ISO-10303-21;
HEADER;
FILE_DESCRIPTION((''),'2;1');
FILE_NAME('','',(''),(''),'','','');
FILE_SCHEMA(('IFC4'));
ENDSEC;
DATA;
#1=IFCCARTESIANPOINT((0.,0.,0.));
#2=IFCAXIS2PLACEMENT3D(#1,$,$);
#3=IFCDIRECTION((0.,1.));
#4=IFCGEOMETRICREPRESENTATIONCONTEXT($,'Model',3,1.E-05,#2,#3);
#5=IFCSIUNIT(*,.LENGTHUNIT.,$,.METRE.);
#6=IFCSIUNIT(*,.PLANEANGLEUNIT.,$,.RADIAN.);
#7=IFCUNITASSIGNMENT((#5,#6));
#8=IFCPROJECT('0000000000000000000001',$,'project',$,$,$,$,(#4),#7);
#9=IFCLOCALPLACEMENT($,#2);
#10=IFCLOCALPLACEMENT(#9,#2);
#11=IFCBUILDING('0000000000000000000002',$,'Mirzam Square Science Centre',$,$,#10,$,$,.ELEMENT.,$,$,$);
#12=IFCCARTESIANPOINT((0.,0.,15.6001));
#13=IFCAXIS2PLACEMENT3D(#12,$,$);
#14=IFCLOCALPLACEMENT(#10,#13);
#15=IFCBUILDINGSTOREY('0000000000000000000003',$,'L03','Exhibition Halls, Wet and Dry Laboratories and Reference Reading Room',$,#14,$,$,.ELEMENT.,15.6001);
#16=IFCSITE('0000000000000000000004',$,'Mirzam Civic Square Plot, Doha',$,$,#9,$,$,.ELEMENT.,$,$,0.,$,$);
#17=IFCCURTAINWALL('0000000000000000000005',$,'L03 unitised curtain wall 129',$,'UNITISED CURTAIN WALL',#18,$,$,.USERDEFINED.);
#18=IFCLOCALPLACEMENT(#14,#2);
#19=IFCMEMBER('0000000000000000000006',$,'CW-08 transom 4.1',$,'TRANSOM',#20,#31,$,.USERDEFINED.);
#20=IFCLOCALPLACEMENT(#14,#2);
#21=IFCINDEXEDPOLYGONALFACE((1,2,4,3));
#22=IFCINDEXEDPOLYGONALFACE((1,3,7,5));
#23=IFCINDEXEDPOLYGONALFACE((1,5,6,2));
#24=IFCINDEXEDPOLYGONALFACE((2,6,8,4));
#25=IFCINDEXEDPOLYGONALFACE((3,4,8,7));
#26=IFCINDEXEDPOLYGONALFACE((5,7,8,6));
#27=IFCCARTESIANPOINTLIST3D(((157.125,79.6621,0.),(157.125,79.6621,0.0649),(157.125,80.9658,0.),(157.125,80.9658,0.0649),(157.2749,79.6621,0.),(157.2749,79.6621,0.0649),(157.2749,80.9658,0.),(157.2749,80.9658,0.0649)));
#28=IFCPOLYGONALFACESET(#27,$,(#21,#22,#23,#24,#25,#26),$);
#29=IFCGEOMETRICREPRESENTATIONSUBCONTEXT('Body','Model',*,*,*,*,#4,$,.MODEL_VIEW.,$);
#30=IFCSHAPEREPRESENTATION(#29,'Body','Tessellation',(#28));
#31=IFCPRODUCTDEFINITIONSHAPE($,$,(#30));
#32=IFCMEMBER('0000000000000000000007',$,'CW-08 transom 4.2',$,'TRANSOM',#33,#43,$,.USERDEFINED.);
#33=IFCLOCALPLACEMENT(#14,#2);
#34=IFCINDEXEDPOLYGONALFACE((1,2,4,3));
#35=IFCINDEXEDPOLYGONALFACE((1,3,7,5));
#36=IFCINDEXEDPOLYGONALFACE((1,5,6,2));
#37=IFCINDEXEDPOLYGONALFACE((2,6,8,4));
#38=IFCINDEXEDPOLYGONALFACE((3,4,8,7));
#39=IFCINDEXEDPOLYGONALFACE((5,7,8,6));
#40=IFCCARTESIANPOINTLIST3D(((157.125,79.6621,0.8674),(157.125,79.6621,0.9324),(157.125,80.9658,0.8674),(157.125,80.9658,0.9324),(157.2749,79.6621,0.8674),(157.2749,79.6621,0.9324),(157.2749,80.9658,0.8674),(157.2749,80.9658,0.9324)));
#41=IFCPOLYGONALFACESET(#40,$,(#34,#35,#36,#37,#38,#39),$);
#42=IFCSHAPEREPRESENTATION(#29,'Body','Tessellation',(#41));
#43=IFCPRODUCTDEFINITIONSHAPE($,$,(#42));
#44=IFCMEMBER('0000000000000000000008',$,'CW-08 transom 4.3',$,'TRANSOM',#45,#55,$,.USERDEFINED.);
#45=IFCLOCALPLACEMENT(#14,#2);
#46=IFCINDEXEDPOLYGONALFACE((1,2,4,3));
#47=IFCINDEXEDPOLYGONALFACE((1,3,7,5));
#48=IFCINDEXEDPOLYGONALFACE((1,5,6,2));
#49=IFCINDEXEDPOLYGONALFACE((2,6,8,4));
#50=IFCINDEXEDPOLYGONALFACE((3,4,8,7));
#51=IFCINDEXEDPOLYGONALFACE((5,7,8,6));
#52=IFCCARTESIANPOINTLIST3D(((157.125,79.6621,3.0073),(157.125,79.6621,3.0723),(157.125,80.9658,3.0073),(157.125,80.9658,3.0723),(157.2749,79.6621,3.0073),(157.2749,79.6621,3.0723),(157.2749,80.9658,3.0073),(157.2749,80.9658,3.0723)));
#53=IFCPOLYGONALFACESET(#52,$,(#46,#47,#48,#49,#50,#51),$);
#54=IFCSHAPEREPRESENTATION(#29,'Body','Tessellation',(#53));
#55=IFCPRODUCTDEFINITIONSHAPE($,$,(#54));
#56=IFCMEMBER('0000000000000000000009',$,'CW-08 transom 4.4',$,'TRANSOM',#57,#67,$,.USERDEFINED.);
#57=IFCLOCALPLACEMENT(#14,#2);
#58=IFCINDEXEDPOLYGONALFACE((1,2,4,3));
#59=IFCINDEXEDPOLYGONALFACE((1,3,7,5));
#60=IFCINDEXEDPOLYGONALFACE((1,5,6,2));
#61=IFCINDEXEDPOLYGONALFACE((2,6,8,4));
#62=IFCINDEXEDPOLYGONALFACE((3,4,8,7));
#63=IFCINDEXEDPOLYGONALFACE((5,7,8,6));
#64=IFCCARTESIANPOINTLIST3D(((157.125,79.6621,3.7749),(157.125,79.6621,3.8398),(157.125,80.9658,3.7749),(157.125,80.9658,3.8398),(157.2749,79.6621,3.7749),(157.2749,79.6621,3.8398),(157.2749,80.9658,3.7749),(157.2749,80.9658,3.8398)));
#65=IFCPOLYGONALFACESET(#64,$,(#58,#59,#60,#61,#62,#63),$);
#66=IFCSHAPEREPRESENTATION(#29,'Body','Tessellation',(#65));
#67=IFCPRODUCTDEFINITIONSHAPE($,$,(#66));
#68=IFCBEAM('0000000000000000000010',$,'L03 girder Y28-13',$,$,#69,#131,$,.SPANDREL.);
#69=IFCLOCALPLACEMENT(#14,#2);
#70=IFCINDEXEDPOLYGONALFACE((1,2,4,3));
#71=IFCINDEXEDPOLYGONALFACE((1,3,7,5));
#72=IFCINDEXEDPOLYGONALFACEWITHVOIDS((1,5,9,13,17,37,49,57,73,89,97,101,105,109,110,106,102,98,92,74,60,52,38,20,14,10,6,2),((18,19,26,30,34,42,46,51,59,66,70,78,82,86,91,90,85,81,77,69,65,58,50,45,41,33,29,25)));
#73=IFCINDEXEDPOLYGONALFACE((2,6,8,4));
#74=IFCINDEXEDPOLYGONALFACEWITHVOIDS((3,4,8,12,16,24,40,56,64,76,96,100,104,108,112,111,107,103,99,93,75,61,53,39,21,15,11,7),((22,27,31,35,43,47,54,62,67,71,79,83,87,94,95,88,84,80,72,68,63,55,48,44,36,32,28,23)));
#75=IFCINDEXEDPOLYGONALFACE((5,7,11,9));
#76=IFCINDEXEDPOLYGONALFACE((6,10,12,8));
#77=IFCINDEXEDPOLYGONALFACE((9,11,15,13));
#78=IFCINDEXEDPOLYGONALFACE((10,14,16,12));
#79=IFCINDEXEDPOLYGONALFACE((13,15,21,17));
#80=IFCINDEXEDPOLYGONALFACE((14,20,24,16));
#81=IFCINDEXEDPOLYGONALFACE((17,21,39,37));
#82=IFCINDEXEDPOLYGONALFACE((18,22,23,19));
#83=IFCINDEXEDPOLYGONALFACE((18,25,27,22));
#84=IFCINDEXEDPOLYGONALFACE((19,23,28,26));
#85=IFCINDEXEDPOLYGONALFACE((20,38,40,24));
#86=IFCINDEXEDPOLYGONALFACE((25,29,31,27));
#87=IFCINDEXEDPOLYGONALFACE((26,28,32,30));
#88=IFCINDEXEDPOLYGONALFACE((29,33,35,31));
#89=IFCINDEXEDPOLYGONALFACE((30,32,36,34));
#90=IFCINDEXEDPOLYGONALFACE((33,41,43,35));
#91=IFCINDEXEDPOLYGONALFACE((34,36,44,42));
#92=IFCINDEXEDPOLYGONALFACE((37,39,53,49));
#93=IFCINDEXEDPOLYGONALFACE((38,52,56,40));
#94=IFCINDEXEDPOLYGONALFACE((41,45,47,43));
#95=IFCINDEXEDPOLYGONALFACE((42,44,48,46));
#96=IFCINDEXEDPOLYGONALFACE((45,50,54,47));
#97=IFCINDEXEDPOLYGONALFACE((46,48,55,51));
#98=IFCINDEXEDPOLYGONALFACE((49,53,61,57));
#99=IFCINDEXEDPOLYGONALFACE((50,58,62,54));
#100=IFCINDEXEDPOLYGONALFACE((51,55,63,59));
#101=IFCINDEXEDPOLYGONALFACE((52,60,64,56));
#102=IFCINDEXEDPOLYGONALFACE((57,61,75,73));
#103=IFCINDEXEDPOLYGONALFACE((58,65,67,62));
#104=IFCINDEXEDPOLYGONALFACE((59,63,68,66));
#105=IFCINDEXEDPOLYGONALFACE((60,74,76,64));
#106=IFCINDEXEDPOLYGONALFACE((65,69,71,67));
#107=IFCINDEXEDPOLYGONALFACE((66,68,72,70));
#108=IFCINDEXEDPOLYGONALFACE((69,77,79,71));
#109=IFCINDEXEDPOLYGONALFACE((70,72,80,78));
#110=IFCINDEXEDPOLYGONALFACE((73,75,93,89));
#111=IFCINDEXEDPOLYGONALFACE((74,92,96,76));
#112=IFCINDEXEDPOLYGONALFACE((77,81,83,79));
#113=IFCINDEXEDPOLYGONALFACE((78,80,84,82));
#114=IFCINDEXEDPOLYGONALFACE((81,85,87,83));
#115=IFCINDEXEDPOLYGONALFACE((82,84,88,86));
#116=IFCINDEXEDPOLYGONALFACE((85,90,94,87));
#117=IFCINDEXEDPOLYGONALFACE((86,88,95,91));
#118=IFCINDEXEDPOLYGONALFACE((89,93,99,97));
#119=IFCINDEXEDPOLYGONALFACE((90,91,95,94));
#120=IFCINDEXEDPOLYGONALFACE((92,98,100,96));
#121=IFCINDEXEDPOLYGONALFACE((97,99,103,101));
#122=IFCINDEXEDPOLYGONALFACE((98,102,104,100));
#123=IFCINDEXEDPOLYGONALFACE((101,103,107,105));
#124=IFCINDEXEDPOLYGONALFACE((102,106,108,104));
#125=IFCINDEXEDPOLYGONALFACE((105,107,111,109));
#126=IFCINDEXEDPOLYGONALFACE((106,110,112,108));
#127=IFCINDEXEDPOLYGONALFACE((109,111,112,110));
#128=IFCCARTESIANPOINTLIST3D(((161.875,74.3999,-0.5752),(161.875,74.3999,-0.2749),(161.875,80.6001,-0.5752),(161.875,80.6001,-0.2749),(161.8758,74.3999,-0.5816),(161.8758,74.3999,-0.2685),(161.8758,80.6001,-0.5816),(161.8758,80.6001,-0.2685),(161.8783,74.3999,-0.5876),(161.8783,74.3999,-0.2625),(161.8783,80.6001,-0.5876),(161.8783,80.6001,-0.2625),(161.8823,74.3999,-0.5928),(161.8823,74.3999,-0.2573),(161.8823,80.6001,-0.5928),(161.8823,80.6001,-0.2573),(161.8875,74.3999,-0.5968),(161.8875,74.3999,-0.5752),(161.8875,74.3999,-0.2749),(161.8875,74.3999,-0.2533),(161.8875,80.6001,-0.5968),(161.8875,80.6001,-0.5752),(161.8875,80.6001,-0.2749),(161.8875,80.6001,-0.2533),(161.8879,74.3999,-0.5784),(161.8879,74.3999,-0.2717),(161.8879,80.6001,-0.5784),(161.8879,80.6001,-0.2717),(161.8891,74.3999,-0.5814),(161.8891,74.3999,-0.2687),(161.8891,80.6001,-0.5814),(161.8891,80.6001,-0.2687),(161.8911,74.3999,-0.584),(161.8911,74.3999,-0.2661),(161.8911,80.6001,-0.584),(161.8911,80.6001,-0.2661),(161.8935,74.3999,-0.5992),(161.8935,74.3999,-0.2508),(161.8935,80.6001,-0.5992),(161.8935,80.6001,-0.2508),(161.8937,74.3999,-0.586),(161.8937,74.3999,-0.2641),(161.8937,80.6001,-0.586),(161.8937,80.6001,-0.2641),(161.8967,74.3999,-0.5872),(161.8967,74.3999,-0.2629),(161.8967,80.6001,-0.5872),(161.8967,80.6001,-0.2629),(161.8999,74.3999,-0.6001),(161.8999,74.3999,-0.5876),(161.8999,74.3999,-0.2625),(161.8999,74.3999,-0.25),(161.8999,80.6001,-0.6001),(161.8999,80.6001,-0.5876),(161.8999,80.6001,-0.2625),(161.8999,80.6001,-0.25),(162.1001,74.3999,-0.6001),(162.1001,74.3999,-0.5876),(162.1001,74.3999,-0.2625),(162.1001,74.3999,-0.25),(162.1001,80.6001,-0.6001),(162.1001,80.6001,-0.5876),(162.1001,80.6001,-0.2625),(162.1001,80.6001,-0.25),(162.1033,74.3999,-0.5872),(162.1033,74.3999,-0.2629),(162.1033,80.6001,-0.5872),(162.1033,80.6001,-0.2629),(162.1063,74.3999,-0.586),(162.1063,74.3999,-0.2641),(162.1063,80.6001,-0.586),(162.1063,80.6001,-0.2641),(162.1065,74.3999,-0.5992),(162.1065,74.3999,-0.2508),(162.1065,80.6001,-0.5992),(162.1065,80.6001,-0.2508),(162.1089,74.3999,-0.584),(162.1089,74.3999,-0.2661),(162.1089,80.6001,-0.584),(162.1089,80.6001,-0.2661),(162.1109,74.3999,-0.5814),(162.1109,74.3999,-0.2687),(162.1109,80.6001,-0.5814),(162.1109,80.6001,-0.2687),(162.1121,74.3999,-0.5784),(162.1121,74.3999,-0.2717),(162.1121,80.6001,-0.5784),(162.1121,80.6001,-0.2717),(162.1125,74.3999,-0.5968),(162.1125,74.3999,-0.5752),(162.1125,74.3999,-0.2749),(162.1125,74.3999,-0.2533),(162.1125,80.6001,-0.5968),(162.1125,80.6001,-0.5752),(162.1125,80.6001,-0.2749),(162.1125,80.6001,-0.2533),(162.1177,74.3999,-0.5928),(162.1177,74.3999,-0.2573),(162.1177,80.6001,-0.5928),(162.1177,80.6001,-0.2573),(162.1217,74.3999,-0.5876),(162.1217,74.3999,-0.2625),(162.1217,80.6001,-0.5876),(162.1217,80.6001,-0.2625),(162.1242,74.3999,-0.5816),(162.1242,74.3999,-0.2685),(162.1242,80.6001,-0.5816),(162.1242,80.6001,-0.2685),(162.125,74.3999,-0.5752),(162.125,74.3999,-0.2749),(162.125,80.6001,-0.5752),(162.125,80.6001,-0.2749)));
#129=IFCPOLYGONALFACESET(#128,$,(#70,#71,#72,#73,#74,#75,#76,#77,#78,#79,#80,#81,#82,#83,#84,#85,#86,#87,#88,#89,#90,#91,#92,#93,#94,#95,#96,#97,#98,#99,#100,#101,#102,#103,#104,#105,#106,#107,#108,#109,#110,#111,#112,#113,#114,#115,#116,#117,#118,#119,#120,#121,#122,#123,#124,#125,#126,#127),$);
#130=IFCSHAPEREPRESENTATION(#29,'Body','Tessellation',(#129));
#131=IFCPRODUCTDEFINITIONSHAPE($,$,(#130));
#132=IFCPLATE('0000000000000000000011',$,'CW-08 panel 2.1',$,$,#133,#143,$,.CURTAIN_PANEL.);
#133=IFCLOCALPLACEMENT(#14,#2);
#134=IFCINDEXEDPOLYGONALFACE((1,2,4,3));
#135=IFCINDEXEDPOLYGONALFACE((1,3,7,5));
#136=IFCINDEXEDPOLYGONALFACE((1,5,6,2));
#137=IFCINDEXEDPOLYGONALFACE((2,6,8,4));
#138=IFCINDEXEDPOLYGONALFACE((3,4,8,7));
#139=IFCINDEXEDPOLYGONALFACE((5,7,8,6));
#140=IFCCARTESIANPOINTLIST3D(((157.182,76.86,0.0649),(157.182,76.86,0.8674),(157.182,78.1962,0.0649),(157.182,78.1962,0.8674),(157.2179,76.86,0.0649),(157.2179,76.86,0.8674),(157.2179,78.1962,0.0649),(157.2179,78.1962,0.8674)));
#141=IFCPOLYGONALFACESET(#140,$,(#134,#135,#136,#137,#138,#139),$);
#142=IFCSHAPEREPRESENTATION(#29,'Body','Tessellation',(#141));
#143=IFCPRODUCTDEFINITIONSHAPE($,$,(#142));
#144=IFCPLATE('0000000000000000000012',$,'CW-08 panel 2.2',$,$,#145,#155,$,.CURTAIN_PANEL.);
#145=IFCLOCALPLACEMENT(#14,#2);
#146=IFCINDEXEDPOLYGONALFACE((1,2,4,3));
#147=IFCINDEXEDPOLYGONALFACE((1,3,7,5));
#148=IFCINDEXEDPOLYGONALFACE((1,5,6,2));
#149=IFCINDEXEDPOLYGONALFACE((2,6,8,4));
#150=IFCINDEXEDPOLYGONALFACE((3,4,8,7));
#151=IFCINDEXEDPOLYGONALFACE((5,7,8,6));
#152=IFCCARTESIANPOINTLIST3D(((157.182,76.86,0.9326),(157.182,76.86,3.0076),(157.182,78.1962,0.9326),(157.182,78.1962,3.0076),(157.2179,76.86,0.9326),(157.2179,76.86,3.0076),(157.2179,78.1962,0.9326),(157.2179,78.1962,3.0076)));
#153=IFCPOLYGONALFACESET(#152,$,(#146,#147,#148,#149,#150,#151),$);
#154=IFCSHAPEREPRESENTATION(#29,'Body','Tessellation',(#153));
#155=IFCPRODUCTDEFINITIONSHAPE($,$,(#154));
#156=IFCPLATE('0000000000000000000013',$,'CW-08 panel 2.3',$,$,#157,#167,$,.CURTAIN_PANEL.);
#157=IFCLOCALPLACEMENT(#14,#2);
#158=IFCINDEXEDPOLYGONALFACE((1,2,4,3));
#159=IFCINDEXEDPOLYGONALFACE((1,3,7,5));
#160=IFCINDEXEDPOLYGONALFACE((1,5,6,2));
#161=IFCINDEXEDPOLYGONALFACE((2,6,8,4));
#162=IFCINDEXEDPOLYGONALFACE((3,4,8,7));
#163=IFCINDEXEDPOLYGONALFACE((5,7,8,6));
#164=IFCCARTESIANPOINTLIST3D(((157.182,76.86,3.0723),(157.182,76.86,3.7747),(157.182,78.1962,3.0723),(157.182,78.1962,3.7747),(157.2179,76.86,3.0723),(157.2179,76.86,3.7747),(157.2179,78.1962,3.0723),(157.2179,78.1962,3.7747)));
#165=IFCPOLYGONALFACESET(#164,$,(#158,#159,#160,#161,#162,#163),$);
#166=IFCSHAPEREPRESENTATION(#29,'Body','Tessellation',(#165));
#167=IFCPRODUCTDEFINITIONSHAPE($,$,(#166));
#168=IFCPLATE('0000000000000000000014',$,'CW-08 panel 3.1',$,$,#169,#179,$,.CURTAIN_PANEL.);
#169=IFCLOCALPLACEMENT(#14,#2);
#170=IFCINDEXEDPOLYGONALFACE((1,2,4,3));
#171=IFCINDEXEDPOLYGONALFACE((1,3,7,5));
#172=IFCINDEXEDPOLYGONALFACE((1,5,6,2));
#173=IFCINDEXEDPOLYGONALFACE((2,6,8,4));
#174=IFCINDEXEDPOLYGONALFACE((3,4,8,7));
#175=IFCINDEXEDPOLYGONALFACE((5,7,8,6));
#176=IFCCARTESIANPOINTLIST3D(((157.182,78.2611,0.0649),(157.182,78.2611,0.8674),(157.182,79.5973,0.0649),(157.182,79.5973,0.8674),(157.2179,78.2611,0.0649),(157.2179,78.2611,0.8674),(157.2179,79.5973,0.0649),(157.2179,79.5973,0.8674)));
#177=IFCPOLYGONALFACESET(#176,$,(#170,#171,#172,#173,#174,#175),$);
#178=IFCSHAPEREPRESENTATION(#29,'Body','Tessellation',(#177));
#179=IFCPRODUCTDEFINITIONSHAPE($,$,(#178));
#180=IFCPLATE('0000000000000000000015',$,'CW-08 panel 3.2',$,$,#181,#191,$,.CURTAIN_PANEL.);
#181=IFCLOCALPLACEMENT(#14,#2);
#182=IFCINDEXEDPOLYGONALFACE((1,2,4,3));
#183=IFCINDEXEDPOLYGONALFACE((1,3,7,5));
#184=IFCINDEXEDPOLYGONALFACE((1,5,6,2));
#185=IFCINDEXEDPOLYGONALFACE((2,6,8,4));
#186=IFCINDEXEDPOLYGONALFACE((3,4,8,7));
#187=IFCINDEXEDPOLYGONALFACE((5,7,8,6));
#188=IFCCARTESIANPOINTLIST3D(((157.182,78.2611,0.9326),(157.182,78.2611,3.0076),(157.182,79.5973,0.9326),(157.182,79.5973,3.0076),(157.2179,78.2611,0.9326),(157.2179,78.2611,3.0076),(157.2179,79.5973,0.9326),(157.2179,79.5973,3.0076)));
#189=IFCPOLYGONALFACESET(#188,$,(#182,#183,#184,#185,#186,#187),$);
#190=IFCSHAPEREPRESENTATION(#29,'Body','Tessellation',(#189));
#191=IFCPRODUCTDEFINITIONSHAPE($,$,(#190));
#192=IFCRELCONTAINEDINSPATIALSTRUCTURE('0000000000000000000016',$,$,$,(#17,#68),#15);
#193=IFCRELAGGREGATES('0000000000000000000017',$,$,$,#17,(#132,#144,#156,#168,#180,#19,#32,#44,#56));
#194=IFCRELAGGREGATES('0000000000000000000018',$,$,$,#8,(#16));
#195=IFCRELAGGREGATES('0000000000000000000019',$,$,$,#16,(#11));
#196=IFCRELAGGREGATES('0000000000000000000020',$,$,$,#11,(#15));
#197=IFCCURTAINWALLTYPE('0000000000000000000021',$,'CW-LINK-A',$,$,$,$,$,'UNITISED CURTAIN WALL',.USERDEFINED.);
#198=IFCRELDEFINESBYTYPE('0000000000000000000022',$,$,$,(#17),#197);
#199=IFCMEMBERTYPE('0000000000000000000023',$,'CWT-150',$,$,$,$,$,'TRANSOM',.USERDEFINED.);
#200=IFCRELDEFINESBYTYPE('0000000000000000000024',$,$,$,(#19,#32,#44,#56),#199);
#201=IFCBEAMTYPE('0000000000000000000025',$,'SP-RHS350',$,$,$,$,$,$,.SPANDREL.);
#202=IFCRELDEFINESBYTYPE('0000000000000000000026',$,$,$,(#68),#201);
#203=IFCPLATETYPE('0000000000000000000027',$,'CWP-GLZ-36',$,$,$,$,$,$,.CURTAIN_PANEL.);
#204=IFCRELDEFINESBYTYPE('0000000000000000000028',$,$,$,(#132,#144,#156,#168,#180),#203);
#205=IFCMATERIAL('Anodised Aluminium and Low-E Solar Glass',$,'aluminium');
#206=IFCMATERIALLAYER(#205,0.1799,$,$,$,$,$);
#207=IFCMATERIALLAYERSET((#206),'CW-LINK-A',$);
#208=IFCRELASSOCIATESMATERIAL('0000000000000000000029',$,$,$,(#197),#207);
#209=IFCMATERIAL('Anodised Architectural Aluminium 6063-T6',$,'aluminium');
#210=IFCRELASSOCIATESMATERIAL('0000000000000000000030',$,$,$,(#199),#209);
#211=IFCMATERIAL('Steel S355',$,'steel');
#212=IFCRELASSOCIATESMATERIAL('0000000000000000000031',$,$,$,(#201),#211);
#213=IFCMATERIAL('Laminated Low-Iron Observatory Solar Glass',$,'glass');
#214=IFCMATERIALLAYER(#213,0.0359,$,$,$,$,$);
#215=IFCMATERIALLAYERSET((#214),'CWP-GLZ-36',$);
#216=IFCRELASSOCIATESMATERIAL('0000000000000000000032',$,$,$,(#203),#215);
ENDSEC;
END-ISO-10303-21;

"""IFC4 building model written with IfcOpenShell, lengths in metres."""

from ifc_helpers import new_model, si_unit, direction, frame, origin, origin_2d, place, context, subcontext, project, spatial, rectangle, hollow_rectangle, extrude, material, layer, layer_set, material_profile, profile_set, type_object, element, aggregate, save


model = new_model("IFC4")

# Units and contexts
model_context = context("Model", 3, precision=1e-05, world=origin(), true_north=direction((0.0, 1.0)))
body_context = subcontext(model_context, "Body", "Model", "MODEL_VIEW")
ifc_project = project(units=[si_unit("LENGTHUNIT", "METRE"), si_unit("PLANEANGLEUNIT", "RADIAN")], contexts=[model_context])

# Site, building, storey
site_placement = place(None, origin())
site = spatial("IfcSite", under=ifc_project, at=site_placement, Name="Mirzam Civic Square Plot, Doha", CompositionType="ELEMENT", RefElevation=0.0)
building_placement = place(site_placement, origin())
building = spatial("IfcBuilding", under=site, at=building_placement, Name="Mirzam Square Science Centre", CompositionType="ELEMENT")
storey_placement = place(building_placement, frame((0.0, 0.0, 15.6001)))
storey = spatial("IfcBuildingStorey", under=building, at=storey_placement, Name="L03", Description="Exhibition Halls, Wet and Dry Laboratories and Reference Reading Room", CompositionType="ELEMENT", Elevation=15.6001)

# Shared definitions
ifc_material_1 = material(Name="Steel S355", Category="steel")

# Curtain wall, members
ifc_material_2 = material(Name="Anodised Aluminium and Low-E Solar Glass", Category="aluminium")
ifc_layer_1 = layer(ifc_material_2, 0.1799)
ifc_layer_set_1 = layer_set([ifc_layer_1], Name="CW-LINK-A")
curtain_wall_type = type_object("IfcCurtainWallType", Name="CW-LINK-A", ElementType="UNITISED CURTAIN WALL", PredefinedType="USERDEFINED", material=ifc_layer_set_1)
curtain_wall_placement = place(storey_placement, origin())
curtain_wall = element("IfcCurtainWall", 1, at=curtain_wall_placement, inside=storey, type_object=curtain_wall_type, Name="L03 unitised curtain wall 129", ObjectType="UNITISED CURTAIN WALL", PredefinedType="USERDEFINED")
ifc_material_3 = material(Name="Anodised Architectural Aluminium 6063-T6", Category="aluminium")
ifc_material_profile_1 = material_profile(ifc_material_3, rectangle(XDim=0.1499, YDim=0.0649, at=origin_2d()), Name="ALU-TRAN-150x65x4")
ifc_profile_set_1 = profile_set([ifc_material_profile_1], Name="Anodised Architectural Aluminium 6063-T6")
member_type_1 = type_object("IfcMemberType", Name="CWT-150", ElementType="TRANSOM", PredefinedType="USERDEFINED", material=ifc_profile_set_1)
member_1_placement = place(storey_placement, frame((157.2, 79.6621, 0.0325), z_axis=(0.0, 1.0, 0.0), x_axis=(-1.0, 0.0, 0.0)))
member_1 = element("IfcMember", 2, at=member_1_placement, type_object=member_type_1, Name="CW-08 transom 4.1", ObjectType="TRANSOM", PredefinedType="USERDEFINED", context=body_context, shape_type="SweptSolid", body=[
    extrude(rectangle(XDim=0.1499, YDim=0.0649, at=origin_2d()), origin(), (0.0, 0.0, 1.0), 1.3037),
])
member_2_placement = place(storey_placement, frame((157.2, 79.6621, 0.8999), z_axis=(0.0, 1.0, 0.0), x_axis=(-1.0, 0.0, 0.0)))
member_2 = element("IfcMember", 3, at=member_2_placement, type_object=member_type_1, Name="CW-08 transom 4.2", ObjectType="TRANSOM", PredefinedType="USERDEFINED", context=body_context, shape_type="SweptSolid", body=[
    extrude(rectangle(XDim=0.1499, YDim=0.0649, at=origin_2d()), origin(), (0.0, 0.0, 1.0), 1.3037),
])
member_3_placement = place(storey_placement, frame((157.2, 79.6621, 3.0398), z_axis=(0.0, 1.0, 0.0), x_axis=(-1.0, 0.0, 0.0)))
member_3 = element("IfcMember", 4, at=member_3_placement, type_object=member_type_1, Name="CW-08 transom 4.3", ObjectType="TRANSOM", PredefinedType="USERDEFINED", context=body_context, shape_type="SweptSolid", body=[
    extrude(rectangle(XDim=0.1499, YDim=0.0649, at=origin_2d()), origin(), (0.0, 0.0, 1.0), 1.3037),
])
member_4_placement = place(storey_placement, frame((157.2, 79.6621, 3.8074), z_axis=(0.0, 1.0, 0.0), x_axis=(-1.0, 0.0, 0.0)))
member_4 = element("IfcMember", 5, at=member_4_placement, type_object=member_type_1, Name="CW-08 transom 4.4", ObjectType="TRANSOM", PredefinedType="USERDEFINED", context=body_context, shape_type="SweptSolid", body=[
    extrude(rectangle(XDim=0.1499, YDim=0.0649, at=origin_2d()), origin(), (0.0, 0.0, 1.0), 1.3037),
])

# Beam
ifc_material_profile_2 = material_profile(ifc_material_1, hollow_rectangle(XDim=0.25, YDim=0.3501, WallThickness=0.0125, InnerFilletRadius=0.0125, OuterFilletRadius=0.0249, at=origin_2d()), Name="350x250x12.5RHS")
ifc_profile_set_2 = profile_set([ifc_material_profile_2], Name="Steel S355")
beam_type = type_object("IfcBeamType", Name="SP-RHS350", PredefinedType="SPANDREL", material=ifc_profile_set_2)
beam_placement = place(storey_placement, frame((162.0, 74.3999, -0.425), z_axis=(0.0, 1.0, 0.0), x_axis=(-1.0, 0.0, 0.0)))
element("IfcBeam", 6, at=beam_placement, inside=storey, type_object=beam_type, Name="L03 girder Y28-13", PredefinedType="SPANDREL", context=body_context, shape_type="SweptSolid", body=[
    extrude(hollow_rectangle(XDim=0.25, YDim=0.3501, WallThickness=0.0125, InnerFilletRadius=0.0125, OuterFilletRadius=0.0249, at=origin_2d()), origin(), (0.0, 0.0, 1.0), 6.2002),
])

# Plates
ifc_material_4 = material(Name="Laminated Low-Iron Observatory Solar Glass", Category="glass")
ifc_layer_2 = layer(ifc_material_4, 0.0359)
ifc_layer_set_2 = layer_set([ifc_layer_2], Name="CWP-GLZ-36")
plate_type = type_object("IfcPlateType", Name="CWP-GLZ-36", PredefinedType="CURTAIN_PANEL", material=ifc_layer_set_2)
plate_1_placement = place(storey_placement, frame((157.2, 77.5281, 0.0649), z_axis=(0.0, 0.0, 1.0), x_axis=(0.0, 1.0, 0.0)))
plate_1 = element("IfcPlate", 7, at=plate_1_placement, type_object=plate_type, Name="CW-08 panel 2.1", PredefinedType="CURTAIN_PANEL", context=body_context, shape_type="SweptSolid", body=[
    extrude(rectangle(XDim=1.3362, YDim=0.0359, at=origin_2d()), origin(), (0.0, 0.0, 1.0), 0.8025),
])
plate_2_placement = place(storey_placement, frame((157.2, 77.5281, 0.9326), z_axis=(0.0, 0.0, 1.0), x_axis=(0.0, 1.0, 0.0)))
plate_2 = element("IfcPlate", 8, at=plate_2_placement, type_object=plate_type, Name="CW-08 panel 2.2", PredefinedType="CURTAIN_PANEL", context=body_context, shape_type="SweptSolid", body=[
    extrude(rectangle(XDim=1.3362, YDim=0.0359, at=origin_2d()), origin(), (0.0, 0.0, 1.0), 2.075),
])
plate_3_placement = place(storey_placement, frame((157.2, 77.5281, 3.0723), z_axis=(0.0, 0.0, 1.0), x_axis=(0.0, 1.0, 0.0)))
plate_3 = element("IfcPlate", 9, at=plate_3_placement, type_object=plate_type, Name="CW-08 panel 2.3", PredefinedType="CURTAIN_PANEL", context=body_context, shape_type="SweptSolid", body=[
    extrude(rectangle(XDim=1.3362, YDim=0.0359, at=origin_2d()), origin(), (0.0, 0.0, 1.0), 0.7024),
])
plate_4_placement = place(storey_placement, frame((157.2, 78.9292, 0.0649), z_axis=(0.0, 0.0, 1.0), x_axis=(0.0, 1.0, 0.0)))
plate_4 = element("IfcPlate", 10, at=plate_4_placement, type_object=plate_type, Name="CW-08 panel 3.1", PredefinedType="CURTAIN_PANEL", context=body_context, shape_type="SweptSolid", body=[
    extrude(rectangle(XDim=1.3362, YDim=0.0359, at=origin_2d()), origin(), (0.0, 0.0, 1.0), 0.8025),
])
plate_5_placement = place(storey_placement, frame((157.2, 78.9292, 0.9326), z_axis=(0.0, 0.0, 1.0), x_axis=(0.0, 1.0, 0.0)))
plate_5 = element("IfcPlate", 11, at=plate_5_placement, type_object=plate_type, Name="CW-08 panel 3.2", PredefinedType="CURTAIN_PANEL", context=body_context, shape_type="SweptSolid", body=[
    extrude(rectangle(XDim=1.3362, YDim=0.0359, at=origin_2d()), origin(), (0.0, 0.0, 1.0), 2.075),
])
aggregate(curtain_wall, [plate_1, plate_2, plate_3, plate_4, plate_5, member_1, member_2, member_3, member_4])

save(model, "model.ifc")
